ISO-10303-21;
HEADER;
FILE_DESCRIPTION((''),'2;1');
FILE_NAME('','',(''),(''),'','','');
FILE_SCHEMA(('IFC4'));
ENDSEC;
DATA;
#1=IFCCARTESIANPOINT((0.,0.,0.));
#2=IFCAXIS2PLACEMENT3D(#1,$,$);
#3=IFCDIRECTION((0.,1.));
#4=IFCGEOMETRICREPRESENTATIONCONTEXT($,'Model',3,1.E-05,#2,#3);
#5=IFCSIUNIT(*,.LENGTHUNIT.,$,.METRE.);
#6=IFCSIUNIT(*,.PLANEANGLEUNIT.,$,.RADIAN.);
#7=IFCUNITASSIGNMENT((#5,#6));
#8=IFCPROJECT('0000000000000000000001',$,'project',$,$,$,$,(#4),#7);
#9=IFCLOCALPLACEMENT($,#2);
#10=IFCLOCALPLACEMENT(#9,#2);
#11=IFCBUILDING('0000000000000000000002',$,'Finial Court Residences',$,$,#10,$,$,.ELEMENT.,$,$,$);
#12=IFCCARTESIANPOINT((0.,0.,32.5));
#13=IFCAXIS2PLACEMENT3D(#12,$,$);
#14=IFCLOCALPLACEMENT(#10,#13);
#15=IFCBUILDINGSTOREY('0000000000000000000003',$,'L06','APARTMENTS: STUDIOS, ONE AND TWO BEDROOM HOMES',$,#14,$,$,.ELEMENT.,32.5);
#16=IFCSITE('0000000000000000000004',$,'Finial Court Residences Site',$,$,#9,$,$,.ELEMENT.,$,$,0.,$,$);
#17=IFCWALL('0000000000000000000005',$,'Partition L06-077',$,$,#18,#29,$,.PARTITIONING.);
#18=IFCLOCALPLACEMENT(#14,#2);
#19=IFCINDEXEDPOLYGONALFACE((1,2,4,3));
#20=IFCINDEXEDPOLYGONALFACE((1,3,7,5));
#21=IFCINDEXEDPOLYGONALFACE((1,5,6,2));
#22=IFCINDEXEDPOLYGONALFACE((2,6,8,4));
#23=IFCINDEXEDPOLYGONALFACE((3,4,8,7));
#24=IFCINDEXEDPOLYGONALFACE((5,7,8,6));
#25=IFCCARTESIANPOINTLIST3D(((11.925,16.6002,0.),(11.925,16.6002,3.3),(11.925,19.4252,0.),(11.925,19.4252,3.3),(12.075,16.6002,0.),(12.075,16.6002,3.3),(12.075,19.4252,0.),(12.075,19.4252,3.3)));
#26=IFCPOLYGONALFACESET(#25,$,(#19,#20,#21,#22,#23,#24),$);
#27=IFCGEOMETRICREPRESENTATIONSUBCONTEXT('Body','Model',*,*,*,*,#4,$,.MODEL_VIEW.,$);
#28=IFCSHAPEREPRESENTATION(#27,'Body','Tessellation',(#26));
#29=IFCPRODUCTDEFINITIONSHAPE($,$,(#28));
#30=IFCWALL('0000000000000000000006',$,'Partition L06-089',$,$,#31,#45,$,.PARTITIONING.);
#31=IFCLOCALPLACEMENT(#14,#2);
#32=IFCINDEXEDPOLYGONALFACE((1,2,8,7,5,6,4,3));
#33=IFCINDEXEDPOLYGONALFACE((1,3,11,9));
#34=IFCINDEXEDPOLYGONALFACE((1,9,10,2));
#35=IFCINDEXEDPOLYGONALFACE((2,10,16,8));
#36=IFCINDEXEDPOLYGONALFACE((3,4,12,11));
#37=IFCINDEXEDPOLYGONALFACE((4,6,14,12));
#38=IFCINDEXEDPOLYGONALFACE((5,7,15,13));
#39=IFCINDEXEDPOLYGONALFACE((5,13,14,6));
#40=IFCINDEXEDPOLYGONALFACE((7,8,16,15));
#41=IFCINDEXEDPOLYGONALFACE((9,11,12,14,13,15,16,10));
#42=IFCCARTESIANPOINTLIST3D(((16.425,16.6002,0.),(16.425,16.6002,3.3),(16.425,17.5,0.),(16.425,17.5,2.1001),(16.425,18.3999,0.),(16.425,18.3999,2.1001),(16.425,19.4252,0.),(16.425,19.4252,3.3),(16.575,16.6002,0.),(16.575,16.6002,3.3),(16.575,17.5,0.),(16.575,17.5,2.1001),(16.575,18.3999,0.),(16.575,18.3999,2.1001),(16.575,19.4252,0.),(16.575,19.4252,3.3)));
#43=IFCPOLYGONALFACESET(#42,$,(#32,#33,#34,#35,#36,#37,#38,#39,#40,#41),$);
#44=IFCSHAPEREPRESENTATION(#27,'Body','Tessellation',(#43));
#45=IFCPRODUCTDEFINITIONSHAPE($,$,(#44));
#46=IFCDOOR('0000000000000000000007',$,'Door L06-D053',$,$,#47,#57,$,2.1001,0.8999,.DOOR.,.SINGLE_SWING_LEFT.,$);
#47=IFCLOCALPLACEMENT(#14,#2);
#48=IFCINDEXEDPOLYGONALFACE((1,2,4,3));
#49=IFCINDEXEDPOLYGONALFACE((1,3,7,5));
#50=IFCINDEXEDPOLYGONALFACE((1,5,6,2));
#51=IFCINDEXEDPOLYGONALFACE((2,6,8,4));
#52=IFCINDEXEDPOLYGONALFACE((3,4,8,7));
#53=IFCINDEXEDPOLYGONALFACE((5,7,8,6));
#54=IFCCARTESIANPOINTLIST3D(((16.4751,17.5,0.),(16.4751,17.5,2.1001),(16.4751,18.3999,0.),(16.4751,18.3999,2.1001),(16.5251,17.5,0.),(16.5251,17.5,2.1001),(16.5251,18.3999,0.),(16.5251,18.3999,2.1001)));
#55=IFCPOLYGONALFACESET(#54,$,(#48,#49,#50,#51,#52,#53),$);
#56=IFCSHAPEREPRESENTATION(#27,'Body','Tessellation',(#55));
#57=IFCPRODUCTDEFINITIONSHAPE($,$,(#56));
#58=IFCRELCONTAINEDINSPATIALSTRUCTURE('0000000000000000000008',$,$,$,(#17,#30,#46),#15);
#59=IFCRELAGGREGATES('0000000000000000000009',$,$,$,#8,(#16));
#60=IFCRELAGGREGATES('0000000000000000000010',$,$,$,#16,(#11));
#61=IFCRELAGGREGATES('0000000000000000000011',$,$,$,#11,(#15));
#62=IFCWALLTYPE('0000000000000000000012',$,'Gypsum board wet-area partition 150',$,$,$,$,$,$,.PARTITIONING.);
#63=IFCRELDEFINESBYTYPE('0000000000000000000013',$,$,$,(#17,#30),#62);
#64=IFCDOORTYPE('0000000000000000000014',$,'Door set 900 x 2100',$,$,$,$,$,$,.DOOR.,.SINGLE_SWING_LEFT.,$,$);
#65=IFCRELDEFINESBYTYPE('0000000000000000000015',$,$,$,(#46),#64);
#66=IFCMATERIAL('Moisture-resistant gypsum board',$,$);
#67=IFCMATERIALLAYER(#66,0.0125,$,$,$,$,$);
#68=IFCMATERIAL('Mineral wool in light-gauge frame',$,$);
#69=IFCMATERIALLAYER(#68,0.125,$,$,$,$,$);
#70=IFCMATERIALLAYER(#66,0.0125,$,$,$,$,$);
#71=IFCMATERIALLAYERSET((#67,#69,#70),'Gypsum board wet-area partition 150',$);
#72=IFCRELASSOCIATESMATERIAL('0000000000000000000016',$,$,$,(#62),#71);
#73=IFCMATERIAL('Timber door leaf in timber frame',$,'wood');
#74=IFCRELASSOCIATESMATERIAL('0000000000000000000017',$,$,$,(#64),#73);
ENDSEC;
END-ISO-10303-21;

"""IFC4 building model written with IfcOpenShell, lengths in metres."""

from ifc_helpers import new_model, si_unit, direction, frame, frame_2d, origin, place, context, subcontext, project, spatial, rectangle, extrude, material, layer, layer_set, type_object, element, fill, save


model = new_model("IFC4")

# Units and contexts
model_context = context("Model", 3, precision=1e-05, world=origin(), true_north=direction((0.0, 1.0)))
body_context = subcontext(model_context, "Body", "Model", "MODEL_VIEW")
ifc_project = project(units=[si_unit("LENGTHUNIT", "METRE"), si_unit("PLANEANGLEUNIT", "RADIAN")], contexts=[model_context])

# Site, building, storey
site_placement = place(None, origin())
site = spatial("IfcSite", under=ifc_project, at=site_placement, Name="Finial Court Residences Site", CompositionType="ELEMENT", RefElevation=0.0)
building_placement = place(site_placement, origin())
building = spatial("IfcBuilding", under=site, at=building_placement, Name="Finial Court Residences", CompositionType="ELEMENT")
storey_placement = place(building_placement, frame((0.0, 0.0, 32.5)))
storey = spatial("IfcBuildingStorey", under=building, at=storey_placement, Name="L06", Description="APARTMENTS: STUDIOS, ONE AND TWO BEDROOM HOMES", CompositionType="ELEMENT", Elevation=32.5)

# Shared definitions
ifc_material_1 = material(Name="Moisture-resistant gypsum board")
ifc_layer_1 = layer(ifc_material_1, 0.0125)
ifc_material_2 = material(Name="Mineral wool in light-gauge frame")
ifc_layer_2 = layer(ifc_material_2, 0.125)
ifc_layer_3 = layer(ifc_material_1, 0.0125)
ifc_layer_set_1 = layer_set([ifc_layer_1, ifc_layer_2, ifc_layer_3], Name="Gypsum board wet-area partition 150")
wall_type_1 = type_object("IfcWallType", Name="Gypsum board wet-area partition 150", PredefinedType="PARTITIONING", material=ifc_layer_set_1)

# Shared definitions
ifc_material_3 = material(Name="Timber door leaf in timber frame", Category="wood")
door_type = type_object("IfcDoorType", Name="Door set 900 x 2100", OperationType="SINGLE_SWING_LEFT", PredefinedType="DOOR", material=ifc_material_3)

# Wall
for number, where, z_axis, x_axis, name in (
    (1, (12.0, 16.6001, 0.0), (0.0, 0.0, 1.0), (0.0, 1.0, 0.0), "Partition L06-077"),
):
    element("IfcWall", number, at=place(storey_placement, frame(where, z_axis=z_axis, x_axis=x_axis)), inside=storey, type_object=wall_type_1, Name=name, PredefinedType="PARTITIONING", context=body_context, shape_type="SweptSolid", body=[
        extrude(rectangle(XDim=2.825, YDim=0.1499, at=frame_2d((1.4126, 0.0))), origin(), (0.0, 0.0, 1.0), 3.3),
    ])

# Wall, opening, door
wall_1_placement = place(storey_placement, frame((16.5, 16.6001, 0.0), z_axis=(0.0, 0.0, 1.0), x_axis=(0.0, 1.0, 0.0)))
wall_1 = element("IfcWall", 2, at=wall_1_placement, inside=storey, type_object=wall_type_1, Name="Partition L06-089", PredefinedType="PARTITIONING", context=body_context, shape_type="SweptSolid", body=[
    extrude(rectangle(XDim=2.825, YDim=0.1499, at=frame_2d((1.4126, 0.0))), origin(), (0.0, 0.0, 1.0), 3.3),
])
opening_1_placement = place(wall_1_placement, frame((0.8999, 0.0, 0.0)))
opening_1 = element("IfcOpeningElement", 3, at=opening_1_placement, cuts=wall_1, PredefinedType="OPENING", context=body_context, shape_type="SweptSolid", body=[
    extrude(rectangle(XDim=0.8999, YDim=2.1001, at=frame_2d((0.45, 1.05))), frame((0.0, 0.085, 0.0), z_axis=(0.0, -1.0, 0.0), x_axis=(1.0, 0.0, 0.0)), (0.0, 0.0, 1.0), 0.1699),
])
door_1_placement = place(opening_1_placement, origin())
door_1 = element("IfcDoor", 4, at=door_1_placement, inside=storey, type_object=door_type, Name="Door L06-D053", OperationType="SINGLE_SWING_LEFT", OverallHeight=2.1001, OverallWidth=0.8999, PredefinedType="DOOR", context=body_context, shape_type="SweptSolid", body=[
    extrude(rectangle(XDim=0.8999, YDim=2.1001, at=frame_2d((0.45, 1.05))), frame((0.0, 0.0249, 0.0), z_axis=(0.0, -1.0, 0.0), x_axis=(1.0, 0.0, 0.0)), (0.0, 0.0, 1.0), 0.05),
])
fill(opening_1, door_1)

save(model, "model.ifc")
